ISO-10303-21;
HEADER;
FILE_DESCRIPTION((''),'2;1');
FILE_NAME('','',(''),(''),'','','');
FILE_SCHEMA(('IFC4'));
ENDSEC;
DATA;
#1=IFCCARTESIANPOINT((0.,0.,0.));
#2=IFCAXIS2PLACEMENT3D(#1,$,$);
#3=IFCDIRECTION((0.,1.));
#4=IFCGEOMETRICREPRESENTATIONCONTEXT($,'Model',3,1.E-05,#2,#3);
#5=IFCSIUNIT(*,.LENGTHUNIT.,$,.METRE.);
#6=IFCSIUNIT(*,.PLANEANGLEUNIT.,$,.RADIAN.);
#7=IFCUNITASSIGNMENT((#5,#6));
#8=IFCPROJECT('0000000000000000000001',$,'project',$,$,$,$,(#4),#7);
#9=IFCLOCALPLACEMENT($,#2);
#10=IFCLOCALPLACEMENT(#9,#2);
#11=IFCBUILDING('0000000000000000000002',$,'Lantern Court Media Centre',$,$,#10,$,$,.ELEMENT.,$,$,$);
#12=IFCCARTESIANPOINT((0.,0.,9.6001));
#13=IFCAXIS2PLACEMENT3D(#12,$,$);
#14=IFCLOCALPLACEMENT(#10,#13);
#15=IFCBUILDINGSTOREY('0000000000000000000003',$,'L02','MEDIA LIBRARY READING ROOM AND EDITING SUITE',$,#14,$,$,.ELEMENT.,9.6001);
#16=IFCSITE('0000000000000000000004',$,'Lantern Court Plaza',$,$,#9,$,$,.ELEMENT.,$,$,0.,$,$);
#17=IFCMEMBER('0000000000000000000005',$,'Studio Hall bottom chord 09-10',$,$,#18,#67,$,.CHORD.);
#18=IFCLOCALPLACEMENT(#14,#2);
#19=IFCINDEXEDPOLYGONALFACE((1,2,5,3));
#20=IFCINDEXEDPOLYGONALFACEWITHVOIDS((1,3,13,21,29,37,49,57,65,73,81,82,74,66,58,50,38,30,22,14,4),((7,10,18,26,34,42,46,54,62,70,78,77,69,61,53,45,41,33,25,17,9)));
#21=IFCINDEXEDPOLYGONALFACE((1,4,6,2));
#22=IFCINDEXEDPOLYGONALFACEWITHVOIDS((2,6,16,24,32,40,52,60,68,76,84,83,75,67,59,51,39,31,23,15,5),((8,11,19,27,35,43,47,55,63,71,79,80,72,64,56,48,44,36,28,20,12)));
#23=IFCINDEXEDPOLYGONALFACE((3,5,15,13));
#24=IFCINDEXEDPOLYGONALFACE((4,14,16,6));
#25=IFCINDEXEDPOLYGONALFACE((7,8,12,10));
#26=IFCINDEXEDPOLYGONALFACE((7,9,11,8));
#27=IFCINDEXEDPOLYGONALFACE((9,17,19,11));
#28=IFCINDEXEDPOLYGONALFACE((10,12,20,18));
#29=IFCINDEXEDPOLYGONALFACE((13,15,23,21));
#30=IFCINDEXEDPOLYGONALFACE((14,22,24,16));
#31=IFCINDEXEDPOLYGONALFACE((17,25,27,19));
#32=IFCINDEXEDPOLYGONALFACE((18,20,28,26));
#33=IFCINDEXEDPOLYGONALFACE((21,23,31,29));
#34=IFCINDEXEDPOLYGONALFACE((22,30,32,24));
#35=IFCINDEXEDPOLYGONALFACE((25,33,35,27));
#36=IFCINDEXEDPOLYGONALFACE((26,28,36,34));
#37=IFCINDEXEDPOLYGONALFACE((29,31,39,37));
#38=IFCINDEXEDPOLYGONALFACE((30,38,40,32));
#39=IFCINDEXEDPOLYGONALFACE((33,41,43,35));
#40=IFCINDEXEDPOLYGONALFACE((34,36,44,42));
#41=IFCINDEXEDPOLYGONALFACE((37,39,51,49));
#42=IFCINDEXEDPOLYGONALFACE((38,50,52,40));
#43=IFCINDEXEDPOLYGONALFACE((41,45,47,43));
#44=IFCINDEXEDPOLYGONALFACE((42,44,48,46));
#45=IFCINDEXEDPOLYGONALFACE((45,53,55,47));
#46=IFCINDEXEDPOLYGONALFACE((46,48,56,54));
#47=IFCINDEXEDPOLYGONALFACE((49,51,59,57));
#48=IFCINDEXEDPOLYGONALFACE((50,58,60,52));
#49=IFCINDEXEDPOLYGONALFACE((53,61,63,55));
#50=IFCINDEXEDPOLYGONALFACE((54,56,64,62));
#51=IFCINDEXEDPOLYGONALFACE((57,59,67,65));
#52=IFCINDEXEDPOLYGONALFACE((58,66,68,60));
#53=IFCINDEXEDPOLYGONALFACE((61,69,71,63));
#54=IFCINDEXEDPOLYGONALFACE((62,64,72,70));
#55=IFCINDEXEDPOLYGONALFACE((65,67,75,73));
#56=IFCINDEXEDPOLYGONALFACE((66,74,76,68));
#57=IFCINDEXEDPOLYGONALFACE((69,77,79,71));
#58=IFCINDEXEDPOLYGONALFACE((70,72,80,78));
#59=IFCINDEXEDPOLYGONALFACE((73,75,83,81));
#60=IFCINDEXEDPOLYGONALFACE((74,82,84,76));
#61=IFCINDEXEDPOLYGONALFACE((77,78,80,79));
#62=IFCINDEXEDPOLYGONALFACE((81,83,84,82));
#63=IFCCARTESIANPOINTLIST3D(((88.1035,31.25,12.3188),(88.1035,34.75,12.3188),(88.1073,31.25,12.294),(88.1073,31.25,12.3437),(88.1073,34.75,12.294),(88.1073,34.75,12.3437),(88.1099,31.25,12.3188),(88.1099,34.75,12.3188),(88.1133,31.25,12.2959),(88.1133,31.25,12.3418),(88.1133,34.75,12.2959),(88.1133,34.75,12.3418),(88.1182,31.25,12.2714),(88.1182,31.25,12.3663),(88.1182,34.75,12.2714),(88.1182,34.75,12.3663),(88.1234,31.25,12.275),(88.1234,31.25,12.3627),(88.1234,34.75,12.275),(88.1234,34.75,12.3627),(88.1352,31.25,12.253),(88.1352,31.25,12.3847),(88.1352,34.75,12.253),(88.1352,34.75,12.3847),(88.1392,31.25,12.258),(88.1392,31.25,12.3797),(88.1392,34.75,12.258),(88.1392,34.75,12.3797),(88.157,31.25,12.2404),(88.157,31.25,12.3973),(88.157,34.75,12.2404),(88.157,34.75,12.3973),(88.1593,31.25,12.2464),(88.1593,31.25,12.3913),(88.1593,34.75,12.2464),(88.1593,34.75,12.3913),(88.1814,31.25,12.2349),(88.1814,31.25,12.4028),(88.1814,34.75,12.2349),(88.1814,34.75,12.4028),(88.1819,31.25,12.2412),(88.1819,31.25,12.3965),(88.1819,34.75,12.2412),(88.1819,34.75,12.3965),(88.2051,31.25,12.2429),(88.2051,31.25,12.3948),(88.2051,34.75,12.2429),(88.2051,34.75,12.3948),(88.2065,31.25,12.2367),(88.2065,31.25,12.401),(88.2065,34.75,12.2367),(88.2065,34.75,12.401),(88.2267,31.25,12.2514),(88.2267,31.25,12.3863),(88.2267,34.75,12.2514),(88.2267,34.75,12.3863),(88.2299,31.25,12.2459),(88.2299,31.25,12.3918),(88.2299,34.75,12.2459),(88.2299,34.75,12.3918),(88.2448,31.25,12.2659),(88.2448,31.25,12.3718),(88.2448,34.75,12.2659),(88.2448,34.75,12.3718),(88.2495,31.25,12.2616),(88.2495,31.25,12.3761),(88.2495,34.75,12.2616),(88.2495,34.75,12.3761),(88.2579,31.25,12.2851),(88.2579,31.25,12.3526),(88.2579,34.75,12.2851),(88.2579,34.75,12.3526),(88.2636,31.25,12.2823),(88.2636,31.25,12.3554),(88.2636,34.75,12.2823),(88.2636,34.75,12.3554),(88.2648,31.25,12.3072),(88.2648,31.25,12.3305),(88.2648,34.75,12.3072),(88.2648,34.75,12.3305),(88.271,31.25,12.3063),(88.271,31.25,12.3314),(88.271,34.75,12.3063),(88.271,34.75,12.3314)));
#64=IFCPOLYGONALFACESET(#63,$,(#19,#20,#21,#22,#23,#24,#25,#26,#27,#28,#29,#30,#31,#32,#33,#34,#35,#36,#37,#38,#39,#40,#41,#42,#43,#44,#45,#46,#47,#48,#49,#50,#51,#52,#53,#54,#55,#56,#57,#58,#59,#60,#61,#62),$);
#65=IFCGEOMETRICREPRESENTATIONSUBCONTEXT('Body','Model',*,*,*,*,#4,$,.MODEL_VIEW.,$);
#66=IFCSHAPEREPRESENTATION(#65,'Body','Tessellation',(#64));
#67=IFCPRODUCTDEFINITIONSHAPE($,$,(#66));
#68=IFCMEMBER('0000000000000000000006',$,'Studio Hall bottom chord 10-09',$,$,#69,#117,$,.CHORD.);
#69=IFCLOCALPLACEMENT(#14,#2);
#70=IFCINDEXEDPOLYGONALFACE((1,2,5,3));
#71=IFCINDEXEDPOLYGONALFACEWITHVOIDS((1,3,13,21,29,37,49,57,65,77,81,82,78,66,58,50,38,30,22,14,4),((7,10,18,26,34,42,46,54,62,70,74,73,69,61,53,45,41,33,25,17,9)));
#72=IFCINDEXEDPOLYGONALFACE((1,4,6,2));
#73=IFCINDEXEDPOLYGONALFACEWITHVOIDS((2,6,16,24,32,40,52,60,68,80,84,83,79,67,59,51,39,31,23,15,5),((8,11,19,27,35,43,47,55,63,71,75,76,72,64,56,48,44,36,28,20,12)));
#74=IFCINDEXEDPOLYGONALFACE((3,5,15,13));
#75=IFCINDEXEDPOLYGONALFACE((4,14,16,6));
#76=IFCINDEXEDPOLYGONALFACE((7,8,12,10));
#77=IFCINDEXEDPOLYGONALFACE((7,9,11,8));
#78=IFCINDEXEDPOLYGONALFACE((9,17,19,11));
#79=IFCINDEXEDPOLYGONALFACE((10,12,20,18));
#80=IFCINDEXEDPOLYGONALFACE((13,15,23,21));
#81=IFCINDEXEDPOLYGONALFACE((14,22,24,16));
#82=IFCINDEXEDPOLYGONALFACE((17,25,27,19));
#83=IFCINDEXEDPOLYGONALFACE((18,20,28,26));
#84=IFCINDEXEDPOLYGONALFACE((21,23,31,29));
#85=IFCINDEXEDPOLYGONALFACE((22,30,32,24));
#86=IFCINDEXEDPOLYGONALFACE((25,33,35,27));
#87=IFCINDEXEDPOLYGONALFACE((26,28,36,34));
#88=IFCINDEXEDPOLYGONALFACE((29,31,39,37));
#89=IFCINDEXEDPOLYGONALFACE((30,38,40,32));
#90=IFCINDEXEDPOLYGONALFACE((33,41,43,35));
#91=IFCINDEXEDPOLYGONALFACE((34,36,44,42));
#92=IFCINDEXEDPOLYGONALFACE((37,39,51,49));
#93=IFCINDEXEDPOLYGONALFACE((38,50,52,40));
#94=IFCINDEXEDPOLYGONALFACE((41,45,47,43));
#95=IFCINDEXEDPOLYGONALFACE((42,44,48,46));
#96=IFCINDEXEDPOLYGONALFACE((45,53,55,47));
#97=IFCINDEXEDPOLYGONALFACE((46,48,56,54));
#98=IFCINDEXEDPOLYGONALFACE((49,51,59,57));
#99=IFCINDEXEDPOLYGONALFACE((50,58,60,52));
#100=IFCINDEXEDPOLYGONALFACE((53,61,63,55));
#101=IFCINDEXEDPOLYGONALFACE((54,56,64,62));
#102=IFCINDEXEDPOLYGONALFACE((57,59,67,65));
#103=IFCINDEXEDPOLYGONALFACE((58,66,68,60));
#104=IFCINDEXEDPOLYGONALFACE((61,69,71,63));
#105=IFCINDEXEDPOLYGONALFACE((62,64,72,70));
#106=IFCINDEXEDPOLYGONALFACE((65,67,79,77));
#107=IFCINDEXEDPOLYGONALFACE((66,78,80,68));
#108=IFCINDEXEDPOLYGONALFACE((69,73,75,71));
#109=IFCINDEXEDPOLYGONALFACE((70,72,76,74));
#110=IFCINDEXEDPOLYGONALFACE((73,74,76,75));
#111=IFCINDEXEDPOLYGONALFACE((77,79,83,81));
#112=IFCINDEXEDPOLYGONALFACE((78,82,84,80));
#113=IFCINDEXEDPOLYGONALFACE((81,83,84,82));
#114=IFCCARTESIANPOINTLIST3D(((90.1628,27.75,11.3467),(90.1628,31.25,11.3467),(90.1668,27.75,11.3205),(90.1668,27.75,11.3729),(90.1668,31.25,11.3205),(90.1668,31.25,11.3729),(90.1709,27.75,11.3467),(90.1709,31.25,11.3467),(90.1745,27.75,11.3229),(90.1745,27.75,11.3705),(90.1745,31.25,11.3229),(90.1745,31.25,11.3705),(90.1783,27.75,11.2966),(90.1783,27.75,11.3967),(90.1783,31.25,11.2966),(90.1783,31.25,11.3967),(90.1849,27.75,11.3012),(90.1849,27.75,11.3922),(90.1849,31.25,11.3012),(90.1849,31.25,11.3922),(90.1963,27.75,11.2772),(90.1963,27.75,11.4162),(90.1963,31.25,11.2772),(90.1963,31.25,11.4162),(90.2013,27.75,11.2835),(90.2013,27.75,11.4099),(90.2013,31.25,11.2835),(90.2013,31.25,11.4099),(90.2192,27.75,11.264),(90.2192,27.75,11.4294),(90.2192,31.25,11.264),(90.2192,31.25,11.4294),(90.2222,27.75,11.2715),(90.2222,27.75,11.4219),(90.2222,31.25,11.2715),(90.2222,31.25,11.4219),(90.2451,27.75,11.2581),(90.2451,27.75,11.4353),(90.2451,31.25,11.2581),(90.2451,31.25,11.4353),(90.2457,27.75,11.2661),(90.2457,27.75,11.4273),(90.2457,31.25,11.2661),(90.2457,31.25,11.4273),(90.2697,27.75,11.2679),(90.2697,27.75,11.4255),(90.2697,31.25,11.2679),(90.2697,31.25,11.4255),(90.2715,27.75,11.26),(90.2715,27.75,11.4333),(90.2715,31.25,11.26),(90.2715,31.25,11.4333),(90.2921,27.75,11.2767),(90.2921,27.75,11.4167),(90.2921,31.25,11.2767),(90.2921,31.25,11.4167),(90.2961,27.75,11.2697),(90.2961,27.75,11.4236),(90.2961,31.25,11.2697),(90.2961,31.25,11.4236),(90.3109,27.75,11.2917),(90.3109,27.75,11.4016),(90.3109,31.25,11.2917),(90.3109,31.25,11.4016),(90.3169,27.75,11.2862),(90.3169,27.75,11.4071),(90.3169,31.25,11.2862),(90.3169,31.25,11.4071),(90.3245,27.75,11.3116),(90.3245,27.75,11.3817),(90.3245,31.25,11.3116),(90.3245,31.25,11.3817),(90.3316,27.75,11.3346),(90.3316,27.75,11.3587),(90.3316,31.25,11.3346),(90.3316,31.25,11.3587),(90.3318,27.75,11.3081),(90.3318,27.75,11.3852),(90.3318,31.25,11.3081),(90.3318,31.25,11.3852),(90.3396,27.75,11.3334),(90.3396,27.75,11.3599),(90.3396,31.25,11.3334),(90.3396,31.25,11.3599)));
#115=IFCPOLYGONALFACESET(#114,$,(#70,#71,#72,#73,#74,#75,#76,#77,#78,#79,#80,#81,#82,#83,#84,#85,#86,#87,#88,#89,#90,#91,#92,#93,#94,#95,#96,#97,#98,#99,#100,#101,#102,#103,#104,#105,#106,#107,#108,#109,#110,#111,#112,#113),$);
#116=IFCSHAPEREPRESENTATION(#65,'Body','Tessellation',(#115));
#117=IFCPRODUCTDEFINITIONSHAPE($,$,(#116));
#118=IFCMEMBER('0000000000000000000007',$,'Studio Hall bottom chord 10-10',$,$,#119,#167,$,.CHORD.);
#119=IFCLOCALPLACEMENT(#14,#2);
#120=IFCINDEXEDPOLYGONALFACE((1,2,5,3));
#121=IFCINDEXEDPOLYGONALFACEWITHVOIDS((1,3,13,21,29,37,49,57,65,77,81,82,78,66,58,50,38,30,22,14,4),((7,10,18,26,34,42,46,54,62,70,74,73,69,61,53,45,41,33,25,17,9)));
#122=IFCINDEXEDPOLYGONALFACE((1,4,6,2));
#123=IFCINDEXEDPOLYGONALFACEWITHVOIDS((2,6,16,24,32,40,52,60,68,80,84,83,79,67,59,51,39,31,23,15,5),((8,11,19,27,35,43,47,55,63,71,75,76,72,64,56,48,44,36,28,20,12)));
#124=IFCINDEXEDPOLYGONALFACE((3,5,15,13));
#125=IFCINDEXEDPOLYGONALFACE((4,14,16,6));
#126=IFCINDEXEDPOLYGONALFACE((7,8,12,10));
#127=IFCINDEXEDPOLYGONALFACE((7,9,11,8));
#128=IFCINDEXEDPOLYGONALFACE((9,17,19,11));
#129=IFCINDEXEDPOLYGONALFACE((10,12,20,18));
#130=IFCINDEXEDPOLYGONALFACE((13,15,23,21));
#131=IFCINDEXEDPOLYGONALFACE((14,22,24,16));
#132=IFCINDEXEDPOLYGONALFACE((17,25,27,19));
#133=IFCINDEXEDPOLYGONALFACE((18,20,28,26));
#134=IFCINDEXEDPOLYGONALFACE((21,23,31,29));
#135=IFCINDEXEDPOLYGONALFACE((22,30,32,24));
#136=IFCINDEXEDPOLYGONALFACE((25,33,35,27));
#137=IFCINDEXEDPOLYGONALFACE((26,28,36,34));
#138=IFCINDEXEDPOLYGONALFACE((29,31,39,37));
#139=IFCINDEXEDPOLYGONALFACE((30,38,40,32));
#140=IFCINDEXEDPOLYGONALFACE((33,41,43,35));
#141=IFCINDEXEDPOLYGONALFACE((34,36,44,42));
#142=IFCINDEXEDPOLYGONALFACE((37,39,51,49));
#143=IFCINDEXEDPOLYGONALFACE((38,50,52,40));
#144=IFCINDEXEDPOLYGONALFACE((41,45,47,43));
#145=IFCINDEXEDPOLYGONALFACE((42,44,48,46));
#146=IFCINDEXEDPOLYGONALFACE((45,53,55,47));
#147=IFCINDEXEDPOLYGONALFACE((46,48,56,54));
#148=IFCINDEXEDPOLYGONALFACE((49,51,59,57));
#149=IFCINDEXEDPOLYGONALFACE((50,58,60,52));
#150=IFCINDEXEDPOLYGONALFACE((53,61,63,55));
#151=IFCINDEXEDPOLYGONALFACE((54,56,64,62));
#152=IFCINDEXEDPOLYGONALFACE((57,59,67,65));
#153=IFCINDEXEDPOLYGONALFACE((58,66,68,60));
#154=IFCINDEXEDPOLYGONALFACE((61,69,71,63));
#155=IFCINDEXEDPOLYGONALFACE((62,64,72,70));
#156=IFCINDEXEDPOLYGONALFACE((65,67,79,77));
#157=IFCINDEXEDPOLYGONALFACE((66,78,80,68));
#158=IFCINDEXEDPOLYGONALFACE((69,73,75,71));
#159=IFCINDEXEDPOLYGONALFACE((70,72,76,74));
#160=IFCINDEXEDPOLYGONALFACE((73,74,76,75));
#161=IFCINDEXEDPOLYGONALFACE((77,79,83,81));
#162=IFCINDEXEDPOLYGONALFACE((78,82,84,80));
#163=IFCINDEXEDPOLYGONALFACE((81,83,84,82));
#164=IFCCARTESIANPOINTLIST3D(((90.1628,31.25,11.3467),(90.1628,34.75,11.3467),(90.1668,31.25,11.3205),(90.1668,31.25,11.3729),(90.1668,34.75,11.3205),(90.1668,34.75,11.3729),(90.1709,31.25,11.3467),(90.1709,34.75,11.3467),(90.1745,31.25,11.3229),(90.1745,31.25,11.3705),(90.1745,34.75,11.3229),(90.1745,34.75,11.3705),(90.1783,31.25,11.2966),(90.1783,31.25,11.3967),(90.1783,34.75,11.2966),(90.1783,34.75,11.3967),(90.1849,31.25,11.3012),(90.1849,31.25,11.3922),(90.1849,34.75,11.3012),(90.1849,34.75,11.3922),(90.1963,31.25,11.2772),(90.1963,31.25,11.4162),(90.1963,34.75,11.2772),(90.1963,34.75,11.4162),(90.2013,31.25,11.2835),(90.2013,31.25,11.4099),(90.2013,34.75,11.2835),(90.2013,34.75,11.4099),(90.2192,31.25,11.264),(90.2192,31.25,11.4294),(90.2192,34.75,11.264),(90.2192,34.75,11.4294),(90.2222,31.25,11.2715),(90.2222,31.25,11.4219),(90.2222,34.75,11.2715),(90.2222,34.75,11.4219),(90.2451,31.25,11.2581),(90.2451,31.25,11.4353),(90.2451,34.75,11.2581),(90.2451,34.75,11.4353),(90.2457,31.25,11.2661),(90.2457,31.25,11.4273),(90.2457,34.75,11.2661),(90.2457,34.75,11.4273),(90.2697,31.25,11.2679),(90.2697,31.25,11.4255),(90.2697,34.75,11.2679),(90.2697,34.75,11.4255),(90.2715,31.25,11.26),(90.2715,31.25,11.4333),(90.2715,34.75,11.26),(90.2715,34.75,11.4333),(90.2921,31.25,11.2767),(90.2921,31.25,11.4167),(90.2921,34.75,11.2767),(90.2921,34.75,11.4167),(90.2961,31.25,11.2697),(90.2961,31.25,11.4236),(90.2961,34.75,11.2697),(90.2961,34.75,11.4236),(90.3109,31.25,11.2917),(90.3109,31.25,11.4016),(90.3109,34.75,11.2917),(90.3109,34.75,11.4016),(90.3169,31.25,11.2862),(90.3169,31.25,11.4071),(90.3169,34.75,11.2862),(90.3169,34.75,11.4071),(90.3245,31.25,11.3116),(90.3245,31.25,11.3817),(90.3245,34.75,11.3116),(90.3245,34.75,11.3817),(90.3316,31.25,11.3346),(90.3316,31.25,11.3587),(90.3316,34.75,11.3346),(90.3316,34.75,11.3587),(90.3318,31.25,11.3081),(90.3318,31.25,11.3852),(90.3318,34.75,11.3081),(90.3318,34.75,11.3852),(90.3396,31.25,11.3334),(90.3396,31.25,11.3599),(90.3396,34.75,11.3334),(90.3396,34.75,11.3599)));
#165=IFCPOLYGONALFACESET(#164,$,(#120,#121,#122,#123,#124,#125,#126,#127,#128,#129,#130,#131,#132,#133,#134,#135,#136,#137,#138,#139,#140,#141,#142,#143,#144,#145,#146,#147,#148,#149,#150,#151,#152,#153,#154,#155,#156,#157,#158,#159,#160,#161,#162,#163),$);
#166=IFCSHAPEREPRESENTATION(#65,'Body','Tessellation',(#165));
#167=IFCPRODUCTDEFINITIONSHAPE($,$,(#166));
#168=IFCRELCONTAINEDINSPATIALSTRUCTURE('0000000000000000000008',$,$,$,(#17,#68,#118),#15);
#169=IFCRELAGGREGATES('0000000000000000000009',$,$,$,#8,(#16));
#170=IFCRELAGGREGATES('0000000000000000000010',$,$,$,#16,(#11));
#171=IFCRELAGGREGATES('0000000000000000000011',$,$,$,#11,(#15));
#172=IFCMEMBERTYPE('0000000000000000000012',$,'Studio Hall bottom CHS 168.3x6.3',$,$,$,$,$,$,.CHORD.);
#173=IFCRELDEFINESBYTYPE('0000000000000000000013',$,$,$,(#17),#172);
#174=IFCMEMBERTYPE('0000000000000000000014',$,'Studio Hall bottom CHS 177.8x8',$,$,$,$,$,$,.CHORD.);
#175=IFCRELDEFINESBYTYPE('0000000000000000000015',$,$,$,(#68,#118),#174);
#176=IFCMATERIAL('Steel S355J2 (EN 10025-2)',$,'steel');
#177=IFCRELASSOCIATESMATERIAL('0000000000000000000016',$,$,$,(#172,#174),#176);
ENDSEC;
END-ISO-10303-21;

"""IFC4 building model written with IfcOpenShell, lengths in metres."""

from ifc_helpers import new_model, si_unit, direction, frame, origin, origin_2d, place, context, subcontext, project, spatial, hollow_circle, extrude, material, material_profile, profile_set, type_object, element, save


model = new_model("IFC4")

# Units and contexts
model_context = context("Model", 3, precision=1e-05, world=origin(), true_north=direction((0.0, 1.0)))
body_context = subcontext(model_context, "Body", "Model", "MODEL_VIEW")
ifc_project = project(units=[si_unit("LENGTHUNIT", "METRE"), si_unit("PLANEANGLEUNIT", "RADIAN")], contexts=[model_context])

# Site, building, storey
site_placement = place(None, origin())
site = spatial("IfcSite", under=ifc_project, at=site_placement, Name="Lantern Court Plaza", CompositionType="ELEMENT", RefElevation=0.0)
building_placement = place(site_placement, origin())
building = spatial("IfcBuilding", under=site, at=building_placement, Name="Lantern Court Media Centre", CompositionType="ELEMENT")
storey_placement = place(building_placement, frame((0.0, 0.0, 9.6001)))
storey = spatial("IfcBuildingStorey", under=building, at=storey_placement, Name="L02", Description="MEDIA LIBRARY READING ROOM AND EDITING SUITE", CompositionType="ELEMENT", Elevation=9.6001)

# Members
ifc_material = material(Name="Steel S355J2 (EN 10025-2)", Category="steel")
ifc_material_profile_1 = material_profile(ifc_material, hollow_circle(Radius=0.0842, WallThickness=0.0063, at=origin_2d()), Name="Studio Hall bottom CHS 168.3x6.3")
ifc_profile_set_1 = profile_set([ifc_material_profile_1], Name="Steel S355J2 (EN 10025-2)")
member_type_1 = type_object("IfcMemberType", Name="Studio Hall bottom CHS 168.3x6.3", PredefinedType="CHORD", material=ifc_profile_set_1)
member_1_placement = place(storey_placement, frame((88.1877, 31.25, 12.3188), z_axis=(0.0, 1.0, 0.0), x_axis=(-1.0, 0.0, 0.0)))
element("IfcMember", 1, at=member_1_placement, inside=storey, type_object=member_type_1, Name="Studio Hall bottom chord 09-10", PredefinedType="CHORD", context=body_context, shape_type="SweptSolid", body=[
    extrude(hollow_circle(Radius=0.0842, WallThickness=0.0063, at=origin_2d()), origin(), (0.0, 0.0, 1.0), 3.5),
])
ifc_material_profile_2 = material_profile(ifc_material, hollow_circle(Radius=0.0889, WallThickness=0.0081, at=origin_2d()), Name="Studio Hall bottom CHS 177.8x8")
ifc_profile_set_2 = profile_set([ifc_material_profile_2], Name="Steel S355J2 (EN 10025-2)")
member_type_2 = type_object("IfcMemberType", Name="Studio Hall bottom CHS 177.8x8", PredefinedType="CHORD", material=ifc_profile_set_2)
for number, where, z_axis, x_axis, name in (
    (2, (90.2517, 27.75, 11.3467), (0.0, 1.0, 0.0), (-1.0, 0.0, 0.0), "Studio Hall bottom chord 10-09"),
    (3, (90.2517, 31.25, 11.3467), (0.0, 1.0, 0.0), (-1.0, 0.0, 0.0), "Studio Hall bottom chord 10-10"),
):
    element("IfcMember", number, at=place(storey_placement, frame(where, z_axis=z_axis, x_axis=x_axis)), inside=storey, type_object=member_type_2, Name=name, PredefinedType="CHORD", context=body_context, shape_type="SweptSolid", body=[
        extrude(hollow_circle(Radius=0.0889, WallThickness=0.0081, at=origin_2d()), origin(), (0.0, 0.0, 1.0), 3.5),
    ])

save(model, "model.ifc")
